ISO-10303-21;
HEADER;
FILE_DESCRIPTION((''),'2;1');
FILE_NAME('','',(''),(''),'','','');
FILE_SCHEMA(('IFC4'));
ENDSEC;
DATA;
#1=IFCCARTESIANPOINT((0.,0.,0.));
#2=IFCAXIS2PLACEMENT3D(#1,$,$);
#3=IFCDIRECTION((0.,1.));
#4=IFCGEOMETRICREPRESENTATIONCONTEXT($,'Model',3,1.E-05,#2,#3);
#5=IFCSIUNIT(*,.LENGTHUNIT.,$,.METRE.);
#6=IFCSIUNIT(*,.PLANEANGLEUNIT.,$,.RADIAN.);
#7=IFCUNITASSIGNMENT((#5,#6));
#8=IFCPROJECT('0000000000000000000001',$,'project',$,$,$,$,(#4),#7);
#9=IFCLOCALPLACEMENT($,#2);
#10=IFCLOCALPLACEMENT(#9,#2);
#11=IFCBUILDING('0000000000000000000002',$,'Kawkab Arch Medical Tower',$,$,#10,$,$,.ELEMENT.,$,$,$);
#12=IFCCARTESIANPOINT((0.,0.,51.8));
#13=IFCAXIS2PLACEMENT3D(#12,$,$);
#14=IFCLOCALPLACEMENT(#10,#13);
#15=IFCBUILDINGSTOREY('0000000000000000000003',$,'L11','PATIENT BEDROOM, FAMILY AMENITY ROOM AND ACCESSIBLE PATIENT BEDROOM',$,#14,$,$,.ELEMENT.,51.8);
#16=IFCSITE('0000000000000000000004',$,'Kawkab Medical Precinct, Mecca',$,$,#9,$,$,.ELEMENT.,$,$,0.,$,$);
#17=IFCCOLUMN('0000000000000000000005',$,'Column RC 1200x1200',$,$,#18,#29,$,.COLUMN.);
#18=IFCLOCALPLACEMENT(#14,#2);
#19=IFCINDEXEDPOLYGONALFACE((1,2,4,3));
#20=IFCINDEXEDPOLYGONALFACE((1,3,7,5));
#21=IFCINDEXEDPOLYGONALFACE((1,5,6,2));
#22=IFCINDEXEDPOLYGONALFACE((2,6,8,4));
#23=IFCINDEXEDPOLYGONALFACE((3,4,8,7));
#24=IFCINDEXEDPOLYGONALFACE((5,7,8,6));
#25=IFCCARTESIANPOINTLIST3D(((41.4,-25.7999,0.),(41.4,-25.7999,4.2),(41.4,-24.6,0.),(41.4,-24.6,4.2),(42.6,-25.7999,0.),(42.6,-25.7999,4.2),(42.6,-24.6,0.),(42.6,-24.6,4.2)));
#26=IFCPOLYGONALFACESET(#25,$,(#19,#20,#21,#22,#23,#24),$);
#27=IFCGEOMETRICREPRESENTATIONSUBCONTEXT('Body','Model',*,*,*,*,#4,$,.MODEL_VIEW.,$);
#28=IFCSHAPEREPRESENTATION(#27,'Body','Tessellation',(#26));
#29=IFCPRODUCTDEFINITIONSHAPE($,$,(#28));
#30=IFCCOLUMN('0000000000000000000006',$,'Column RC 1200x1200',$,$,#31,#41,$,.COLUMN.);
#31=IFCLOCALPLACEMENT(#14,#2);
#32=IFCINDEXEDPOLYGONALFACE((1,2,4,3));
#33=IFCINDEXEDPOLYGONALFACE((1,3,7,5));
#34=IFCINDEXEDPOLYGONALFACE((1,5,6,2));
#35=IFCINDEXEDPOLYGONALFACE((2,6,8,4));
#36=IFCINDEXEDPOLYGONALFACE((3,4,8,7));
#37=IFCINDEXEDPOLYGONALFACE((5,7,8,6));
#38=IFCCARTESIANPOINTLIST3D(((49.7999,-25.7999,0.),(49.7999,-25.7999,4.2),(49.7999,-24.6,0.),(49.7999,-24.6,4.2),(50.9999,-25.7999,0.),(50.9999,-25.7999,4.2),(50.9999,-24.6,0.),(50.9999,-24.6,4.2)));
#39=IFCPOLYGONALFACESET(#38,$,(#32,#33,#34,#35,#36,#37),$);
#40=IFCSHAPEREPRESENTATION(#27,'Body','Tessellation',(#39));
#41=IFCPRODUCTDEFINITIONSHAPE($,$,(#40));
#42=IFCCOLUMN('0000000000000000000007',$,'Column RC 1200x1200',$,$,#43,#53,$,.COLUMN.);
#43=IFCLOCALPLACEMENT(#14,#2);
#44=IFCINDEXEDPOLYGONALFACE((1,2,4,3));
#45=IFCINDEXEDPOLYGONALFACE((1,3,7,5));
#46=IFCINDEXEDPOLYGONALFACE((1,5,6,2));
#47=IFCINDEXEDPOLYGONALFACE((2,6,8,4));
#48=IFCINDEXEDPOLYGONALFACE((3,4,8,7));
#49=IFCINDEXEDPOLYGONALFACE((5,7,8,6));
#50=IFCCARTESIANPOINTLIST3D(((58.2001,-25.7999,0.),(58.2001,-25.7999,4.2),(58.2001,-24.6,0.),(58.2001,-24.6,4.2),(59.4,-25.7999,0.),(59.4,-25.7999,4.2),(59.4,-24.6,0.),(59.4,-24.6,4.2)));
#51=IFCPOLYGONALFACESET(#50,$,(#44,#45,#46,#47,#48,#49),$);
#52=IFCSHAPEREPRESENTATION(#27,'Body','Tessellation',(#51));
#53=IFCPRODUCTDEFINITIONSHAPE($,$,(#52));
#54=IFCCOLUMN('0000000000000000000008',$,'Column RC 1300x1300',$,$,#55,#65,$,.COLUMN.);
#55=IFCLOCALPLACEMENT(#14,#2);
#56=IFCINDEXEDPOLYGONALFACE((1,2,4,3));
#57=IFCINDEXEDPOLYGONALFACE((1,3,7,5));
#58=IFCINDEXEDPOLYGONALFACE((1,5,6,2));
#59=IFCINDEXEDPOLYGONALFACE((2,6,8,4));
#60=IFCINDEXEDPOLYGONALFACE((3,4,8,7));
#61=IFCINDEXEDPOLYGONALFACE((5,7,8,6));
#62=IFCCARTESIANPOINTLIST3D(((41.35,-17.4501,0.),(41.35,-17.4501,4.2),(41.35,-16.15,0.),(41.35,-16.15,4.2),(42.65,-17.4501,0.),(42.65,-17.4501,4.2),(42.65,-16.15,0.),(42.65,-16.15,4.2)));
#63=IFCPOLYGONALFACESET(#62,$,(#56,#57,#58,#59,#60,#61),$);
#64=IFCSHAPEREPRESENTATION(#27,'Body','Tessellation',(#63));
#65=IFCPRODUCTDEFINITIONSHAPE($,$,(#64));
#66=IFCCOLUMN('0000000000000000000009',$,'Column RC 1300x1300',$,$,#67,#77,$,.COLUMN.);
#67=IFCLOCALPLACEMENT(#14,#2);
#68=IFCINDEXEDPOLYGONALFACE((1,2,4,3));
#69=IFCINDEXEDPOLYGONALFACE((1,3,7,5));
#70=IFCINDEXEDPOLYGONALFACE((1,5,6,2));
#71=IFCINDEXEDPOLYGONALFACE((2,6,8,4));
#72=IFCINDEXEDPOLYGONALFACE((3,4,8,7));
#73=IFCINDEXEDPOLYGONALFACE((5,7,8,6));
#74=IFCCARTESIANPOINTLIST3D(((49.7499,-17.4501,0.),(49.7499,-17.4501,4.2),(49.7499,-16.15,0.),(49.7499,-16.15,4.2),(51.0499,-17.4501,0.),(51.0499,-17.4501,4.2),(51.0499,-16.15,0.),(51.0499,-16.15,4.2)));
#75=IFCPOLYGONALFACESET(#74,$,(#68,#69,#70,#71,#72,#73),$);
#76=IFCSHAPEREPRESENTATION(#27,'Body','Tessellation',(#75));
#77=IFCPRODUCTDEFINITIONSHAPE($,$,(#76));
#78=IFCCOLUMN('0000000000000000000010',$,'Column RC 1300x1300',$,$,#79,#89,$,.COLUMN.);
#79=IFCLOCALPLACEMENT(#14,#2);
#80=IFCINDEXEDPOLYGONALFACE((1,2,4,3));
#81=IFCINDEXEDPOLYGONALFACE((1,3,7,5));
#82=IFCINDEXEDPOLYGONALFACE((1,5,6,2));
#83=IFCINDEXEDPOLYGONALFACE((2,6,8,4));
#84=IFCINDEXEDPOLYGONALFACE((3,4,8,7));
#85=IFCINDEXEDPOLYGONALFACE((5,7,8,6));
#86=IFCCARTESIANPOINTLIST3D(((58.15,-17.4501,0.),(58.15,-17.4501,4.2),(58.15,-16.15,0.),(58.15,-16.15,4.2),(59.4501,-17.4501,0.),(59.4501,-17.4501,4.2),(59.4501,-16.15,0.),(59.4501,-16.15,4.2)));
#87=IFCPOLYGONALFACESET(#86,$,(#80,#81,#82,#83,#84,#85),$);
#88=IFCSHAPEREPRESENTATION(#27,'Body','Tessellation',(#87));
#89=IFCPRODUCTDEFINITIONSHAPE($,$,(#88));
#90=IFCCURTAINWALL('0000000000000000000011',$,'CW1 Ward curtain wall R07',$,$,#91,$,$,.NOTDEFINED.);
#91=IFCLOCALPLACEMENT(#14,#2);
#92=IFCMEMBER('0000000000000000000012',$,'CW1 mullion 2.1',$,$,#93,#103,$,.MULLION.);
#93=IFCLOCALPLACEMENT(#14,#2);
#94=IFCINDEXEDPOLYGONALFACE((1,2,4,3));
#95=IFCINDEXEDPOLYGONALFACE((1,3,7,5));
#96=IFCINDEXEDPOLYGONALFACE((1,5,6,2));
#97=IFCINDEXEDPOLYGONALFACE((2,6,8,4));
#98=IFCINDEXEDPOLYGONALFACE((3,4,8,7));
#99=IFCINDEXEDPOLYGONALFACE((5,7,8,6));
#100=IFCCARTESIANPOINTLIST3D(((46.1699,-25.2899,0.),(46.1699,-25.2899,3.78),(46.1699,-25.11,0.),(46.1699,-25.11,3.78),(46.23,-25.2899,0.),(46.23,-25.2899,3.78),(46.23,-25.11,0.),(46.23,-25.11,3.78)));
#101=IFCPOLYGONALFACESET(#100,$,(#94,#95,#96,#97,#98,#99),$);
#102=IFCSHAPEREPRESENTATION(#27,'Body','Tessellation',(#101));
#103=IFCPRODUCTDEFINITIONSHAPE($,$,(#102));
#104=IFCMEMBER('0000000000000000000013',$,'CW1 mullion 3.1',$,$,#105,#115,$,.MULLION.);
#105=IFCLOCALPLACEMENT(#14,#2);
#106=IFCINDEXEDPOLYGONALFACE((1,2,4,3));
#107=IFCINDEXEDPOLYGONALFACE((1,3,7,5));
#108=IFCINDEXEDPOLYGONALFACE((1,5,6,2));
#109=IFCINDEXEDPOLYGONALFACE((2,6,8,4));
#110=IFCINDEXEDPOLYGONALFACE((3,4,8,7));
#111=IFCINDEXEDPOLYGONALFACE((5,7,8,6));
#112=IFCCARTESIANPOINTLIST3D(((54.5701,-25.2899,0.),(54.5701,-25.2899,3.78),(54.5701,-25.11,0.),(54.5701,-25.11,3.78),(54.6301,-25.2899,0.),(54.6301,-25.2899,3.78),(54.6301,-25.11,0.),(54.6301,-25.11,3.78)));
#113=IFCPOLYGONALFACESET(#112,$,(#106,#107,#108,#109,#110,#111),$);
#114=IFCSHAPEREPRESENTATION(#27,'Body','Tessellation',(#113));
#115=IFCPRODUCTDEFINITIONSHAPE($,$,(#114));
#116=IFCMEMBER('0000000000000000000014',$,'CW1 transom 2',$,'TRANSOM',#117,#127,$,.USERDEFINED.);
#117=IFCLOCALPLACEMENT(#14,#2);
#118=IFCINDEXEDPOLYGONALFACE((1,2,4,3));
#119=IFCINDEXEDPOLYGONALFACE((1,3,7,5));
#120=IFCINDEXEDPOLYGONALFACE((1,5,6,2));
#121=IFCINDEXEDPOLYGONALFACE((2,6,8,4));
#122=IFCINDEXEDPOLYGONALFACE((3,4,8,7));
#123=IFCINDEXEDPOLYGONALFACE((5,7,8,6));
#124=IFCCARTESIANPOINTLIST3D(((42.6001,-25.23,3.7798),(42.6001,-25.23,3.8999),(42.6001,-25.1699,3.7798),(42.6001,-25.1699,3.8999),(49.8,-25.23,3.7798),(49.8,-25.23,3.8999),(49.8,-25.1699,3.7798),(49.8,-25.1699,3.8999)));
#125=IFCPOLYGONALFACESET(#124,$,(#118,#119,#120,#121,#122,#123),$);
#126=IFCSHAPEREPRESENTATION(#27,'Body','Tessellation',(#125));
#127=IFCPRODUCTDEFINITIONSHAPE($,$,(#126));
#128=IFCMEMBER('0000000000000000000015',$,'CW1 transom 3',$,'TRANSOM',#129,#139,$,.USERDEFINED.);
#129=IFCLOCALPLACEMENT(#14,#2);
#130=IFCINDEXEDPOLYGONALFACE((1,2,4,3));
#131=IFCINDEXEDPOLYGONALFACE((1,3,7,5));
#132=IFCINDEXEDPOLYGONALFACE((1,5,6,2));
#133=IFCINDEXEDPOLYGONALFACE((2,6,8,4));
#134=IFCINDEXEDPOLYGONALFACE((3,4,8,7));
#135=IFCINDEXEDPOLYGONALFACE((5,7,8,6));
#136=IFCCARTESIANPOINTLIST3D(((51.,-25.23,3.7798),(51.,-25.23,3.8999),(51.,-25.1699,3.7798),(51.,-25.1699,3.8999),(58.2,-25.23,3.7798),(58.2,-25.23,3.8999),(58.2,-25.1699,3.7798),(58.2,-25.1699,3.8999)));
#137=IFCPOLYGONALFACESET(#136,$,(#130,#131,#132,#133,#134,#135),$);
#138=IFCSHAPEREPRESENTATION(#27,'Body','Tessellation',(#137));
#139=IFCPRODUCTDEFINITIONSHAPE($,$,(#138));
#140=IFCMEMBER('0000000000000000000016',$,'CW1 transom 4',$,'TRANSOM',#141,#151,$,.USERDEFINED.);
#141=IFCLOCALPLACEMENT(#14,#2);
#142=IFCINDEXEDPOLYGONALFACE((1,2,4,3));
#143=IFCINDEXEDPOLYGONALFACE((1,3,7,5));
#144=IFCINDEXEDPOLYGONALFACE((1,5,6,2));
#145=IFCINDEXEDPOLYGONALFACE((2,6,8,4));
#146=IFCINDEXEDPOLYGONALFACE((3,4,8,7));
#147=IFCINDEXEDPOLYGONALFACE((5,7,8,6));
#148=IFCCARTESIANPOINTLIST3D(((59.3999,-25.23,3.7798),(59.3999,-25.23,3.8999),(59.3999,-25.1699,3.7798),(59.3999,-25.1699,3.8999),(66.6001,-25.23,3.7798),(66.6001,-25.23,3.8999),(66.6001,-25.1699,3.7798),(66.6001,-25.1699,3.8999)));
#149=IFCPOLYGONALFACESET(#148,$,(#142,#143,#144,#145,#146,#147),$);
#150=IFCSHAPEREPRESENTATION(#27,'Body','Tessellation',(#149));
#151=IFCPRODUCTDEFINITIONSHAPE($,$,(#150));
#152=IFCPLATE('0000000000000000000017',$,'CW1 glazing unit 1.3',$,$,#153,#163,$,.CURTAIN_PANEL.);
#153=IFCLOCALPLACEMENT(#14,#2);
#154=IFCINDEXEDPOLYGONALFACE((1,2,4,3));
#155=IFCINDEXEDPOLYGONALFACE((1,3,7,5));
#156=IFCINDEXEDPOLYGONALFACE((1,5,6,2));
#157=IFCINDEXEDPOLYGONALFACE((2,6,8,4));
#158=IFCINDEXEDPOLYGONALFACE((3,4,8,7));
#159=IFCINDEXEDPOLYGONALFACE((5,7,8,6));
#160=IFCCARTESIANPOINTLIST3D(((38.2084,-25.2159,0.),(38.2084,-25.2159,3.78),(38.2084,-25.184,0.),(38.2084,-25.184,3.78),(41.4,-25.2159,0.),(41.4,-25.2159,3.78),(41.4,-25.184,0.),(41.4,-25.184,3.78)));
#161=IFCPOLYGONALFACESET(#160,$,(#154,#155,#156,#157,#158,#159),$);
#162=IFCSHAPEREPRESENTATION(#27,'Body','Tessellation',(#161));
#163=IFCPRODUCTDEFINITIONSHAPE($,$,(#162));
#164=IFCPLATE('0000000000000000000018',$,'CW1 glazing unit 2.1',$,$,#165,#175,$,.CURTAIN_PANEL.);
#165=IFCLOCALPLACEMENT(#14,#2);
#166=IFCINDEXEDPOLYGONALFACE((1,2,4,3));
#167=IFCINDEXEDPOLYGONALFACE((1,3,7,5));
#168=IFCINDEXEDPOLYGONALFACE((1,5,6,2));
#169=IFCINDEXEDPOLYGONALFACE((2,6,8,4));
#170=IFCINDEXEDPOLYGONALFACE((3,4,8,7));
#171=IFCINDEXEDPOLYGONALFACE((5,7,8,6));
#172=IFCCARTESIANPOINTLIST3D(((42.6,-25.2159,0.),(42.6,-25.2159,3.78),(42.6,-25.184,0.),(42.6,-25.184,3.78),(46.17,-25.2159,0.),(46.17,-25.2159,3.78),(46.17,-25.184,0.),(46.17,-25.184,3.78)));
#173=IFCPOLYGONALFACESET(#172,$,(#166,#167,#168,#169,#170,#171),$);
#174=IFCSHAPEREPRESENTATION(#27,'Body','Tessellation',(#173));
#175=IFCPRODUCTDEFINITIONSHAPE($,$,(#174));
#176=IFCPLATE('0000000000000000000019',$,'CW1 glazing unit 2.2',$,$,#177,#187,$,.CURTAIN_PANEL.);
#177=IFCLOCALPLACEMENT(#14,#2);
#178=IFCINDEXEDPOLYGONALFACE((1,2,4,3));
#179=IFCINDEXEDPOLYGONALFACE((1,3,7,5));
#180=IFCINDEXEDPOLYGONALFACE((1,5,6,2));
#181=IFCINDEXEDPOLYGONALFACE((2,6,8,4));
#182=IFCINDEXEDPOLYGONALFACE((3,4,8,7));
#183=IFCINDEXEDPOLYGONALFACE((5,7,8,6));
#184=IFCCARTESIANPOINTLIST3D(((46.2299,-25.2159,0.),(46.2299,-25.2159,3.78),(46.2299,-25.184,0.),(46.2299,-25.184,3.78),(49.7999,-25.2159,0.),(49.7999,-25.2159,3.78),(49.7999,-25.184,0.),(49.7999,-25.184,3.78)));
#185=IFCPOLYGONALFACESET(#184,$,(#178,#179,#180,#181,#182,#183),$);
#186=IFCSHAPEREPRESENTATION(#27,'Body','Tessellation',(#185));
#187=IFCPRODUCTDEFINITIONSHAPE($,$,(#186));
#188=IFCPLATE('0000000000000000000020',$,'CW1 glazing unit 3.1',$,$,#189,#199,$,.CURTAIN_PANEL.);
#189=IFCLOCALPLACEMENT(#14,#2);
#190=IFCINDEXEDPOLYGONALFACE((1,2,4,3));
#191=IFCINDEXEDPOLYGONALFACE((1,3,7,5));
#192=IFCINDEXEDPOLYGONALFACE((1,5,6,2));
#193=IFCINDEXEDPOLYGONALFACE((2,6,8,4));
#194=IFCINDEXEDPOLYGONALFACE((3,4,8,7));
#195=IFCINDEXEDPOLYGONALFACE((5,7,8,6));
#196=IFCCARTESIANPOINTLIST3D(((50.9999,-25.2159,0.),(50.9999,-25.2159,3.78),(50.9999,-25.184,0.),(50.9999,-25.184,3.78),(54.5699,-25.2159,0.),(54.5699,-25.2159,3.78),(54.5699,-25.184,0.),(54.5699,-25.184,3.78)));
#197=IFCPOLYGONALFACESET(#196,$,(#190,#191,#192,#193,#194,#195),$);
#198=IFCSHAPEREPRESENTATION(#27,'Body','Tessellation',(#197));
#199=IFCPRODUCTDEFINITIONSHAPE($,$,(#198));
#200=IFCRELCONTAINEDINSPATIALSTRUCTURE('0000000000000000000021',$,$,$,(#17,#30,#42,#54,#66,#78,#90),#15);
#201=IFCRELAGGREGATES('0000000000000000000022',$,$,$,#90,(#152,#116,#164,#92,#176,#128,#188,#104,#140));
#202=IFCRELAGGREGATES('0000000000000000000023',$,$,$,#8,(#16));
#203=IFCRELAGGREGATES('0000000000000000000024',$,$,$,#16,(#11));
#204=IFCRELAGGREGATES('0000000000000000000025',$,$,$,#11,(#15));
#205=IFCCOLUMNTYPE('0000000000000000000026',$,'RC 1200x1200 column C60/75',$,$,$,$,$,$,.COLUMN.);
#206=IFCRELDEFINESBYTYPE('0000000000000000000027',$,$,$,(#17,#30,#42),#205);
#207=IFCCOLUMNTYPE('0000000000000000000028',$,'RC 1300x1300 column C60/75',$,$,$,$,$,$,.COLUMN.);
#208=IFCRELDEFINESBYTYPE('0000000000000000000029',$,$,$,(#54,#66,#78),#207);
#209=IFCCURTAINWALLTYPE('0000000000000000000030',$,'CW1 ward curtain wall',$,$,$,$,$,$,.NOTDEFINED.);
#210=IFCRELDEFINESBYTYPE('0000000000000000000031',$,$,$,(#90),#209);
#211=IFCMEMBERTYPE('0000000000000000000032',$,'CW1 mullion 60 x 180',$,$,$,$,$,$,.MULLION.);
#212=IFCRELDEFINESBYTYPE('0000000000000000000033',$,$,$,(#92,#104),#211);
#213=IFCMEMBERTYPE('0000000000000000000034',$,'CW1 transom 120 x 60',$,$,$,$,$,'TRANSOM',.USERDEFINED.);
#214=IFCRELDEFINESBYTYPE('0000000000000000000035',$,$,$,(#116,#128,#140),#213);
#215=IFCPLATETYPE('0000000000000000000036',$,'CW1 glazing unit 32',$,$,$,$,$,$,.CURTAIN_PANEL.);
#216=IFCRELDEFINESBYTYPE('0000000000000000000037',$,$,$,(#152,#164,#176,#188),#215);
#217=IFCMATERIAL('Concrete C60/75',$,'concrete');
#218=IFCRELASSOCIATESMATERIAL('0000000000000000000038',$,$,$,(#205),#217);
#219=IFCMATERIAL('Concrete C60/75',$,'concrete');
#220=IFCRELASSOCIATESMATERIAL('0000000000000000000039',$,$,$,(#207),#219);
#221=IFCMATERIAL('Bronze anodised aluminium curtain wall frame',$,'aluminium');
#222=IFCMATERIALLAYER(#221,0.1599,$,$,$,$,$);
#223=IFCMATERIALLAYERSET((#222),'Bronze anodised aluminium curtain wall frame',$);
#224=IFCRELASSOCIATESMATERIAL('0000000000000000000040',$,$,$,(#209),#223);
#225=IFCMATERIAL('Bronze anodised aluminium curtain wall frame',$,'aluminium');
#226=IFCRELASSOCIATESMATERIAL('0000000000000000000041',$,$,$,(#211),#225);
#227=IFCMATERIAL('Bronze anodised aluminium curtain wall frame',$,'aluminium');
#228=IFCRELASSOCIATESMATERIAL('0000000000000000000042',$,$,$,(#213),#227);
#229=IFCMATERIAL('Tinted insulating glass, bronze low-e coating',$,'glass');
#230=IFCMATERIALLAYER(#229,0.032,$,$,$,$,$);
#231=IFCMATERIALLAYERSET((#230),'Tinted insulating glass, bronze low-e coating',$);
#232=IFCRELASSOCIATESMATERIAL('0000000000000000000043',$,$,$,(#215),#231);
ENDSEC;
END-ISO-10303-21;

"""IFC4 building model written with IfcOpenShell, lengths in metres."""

from ifc_helpers import new_model, si_unit, direction, frame, origin, origin_2d, place, context, subcontext, project, spatial, rectangle, extrude, material, layer, layer_set, material_profile, profile_set, type_object, element, aggregate, save


model = new_model("IFC4")

# Units and contexts
model_context = context("Model", 3, precision=1e-05, world=origin(), true_north=direction((0.0, 1.0)))
body_context = subcontext(model_context, "Body", "Model", "MODEL_VIEW")
ifc_project = project(units=[si_unit("LENGTHUNIT", "METRE"), si_unit("PLANEANGLEUNIT", "RADIAN")], contexts=[model_context])

# Site, building, storey
site_placement = place(None, origin())
site = spatial("IfcSite", under=ifc_project, at=site_placement, Name="Kawkab Medical Precinct, Mecca", CompositionType="ELEMENT", RefElevation=0.0)
building_placement = place(site_placement, origin())
building = spatial("IfcBuilding", under=site, at=building_placement, Name="Kawkab Arch Medical Tower", CompositionType="ELEMENT")
storey_placement = place(building_placement, frame((0.0, 0.0, 51.8)))
storey = spatial("IfcBuildingStorey", under=building, at=storey_placement, Name="L11", Description="PATIENT BEDROOM, FAMILY AMENITY ROOM AND ACCESSIBLE PATIENT BEDROOM", CompositionType="ELEMENT", Elevation=51.8)

# Columns
ifc_material_1 = material(Name="Concrete C60/75", Category="concrete")
ifc_material_profile_1 = material_profile(ifc_material_1, rectangle(XDim=1.2, YDim=1.2, at=origin_2d()), Name="RC 1200x1200")
ifc_profile_set_1 = profile_set([ifc_material_profile_1], Name="Concrete C60/75")
column_type_1 = type_object("IfcColumnType", Name="RC 1200x1200 column C60/75", PredefinedType="COLUMN", material=ifc_profile_set_1)
for number, where, z_axis, x_axis, name in (
    (1, (42.0, -25.2, 0.0), (0.0, 0.0, 1.0), (1.0, 0.0, 0.0), "Column RC 1200x1200"),
    (2, (50.3999, -25.2, 0.0), (0.0, 0.0, 1.0), (1.0, 0.0, 0.0), "Column RC 1200x1200"),
    (3, (58.8, -25.2, 0.0), (0.0, 0.0, 1.0), (1.0, 0.0, 0.0), "Column RC 1200x1200"),
):
    element("IfcColumn", number, at=place(storey_placement, frame(where, z_axis=z_axis, x_axis=x_axis)), inside=storey, type_object=column_type_1, Name=name, PredefinedType="COLUMN", context=body_context, shape_type="SweptSolid", body=[
        extrude(rectangle(XDim=1.2, YDim=1.2, at=origin_2d()), origin(), (0.0, 0.0, 1.0), 4.2),
    ])
ifc_material_2 = material(Name="Concrete C60/75", Category="concrete")
ifc_material_profile_2 = material_profile(ifc_material_2, rectangle(XDim=1.3, YDim=1.3, at=origin_2d()), Name="RC 1300x1300")
ifc_profile_set_2 = profile_set([ifc_material_profile_2], Name="Concrete C60/75")
column_type_2 = type_object("IfcColumnType", Name="RC 1300x1300 column C60/75", PredefinedType="COLUMN", material=ifc_profile_set_2)
for number, where, z_axis, x_axis, name in (
    (4, (42.0, -16.8, 0.0), (0.0, 0.0, 1.0), (1.0, 0.0, 0.0), "Column RC 1300x1300"),
    (5, (50.3999, -16.8, 0.0), (0.0, 0.0, 1.0), (1.0, 0.0, 0.0), "Column RC 1300x1300"),
    (6, (58.8, -16.8, 0.0), (0.0, 0.0, 1.0), (1.0, 0.0, 0.0), "Column RC 1300x1300"),
):
    element("IfcColumn", number, at=place(storey_placement, frame(where, z_axis=z_axis, x_axis=x_axis)), inside=storey, type_object=column_type_2, Name=name, PredefinedType="COLUMN", context=body_context, shape_type="SweptSolid", body=[
        extrude(rectangle(XDim=1.3, YDim=1.3, at=origin_2d()), origin(), (0.0, 0.0, 1.0), 4.2),
    ])

# Curtain wall, members, plates
ifc_material_3 = material(Name="Bronze anodised aluminium curtain wall frame", Category="aluminium")
ifc_layer_1 = layer(ifc_material_3, 0.1599)
ifc_layer_set_1 = layer_set([ifc_layer_1], Name="Bronze anodised aluminium curtain wall frame")
curtain_wall_type = type_object("IfcCurtainWallType", Name="CW1 ward curtain wall", PredefinedType="NOTDEFINED", material=ifc_layer_set_1)
curtain_wall_placement = place(storey_placement, origin())
curtain_wall = element("IfcCurtainWall", 7, at=curtain_wall_placement, inside=storey, type_object=curtain_wall_type, Name="CW1 Ward curtain wall R07", PredefinedType="NOTDEFINED")
ifc_material_4 = material(Name="Bronze anodised aluminium curtain wall frame", Category="aluminium")
ifc_material_profile_3 = material_profile(ifc_material_4, rectangle(XDim=0.1799, YDim=0.0601, at=origin_2d()), Name="AL 60x180")
ifc_profile_set_3 = profile_set([ifc_material_profile_3], Name="Bronze anodised aluminium curtain wall frame")
member_type_1 = type_object("IfcMemberType", Name="CW1 mullion 60 x 180", PredefinedType="MULLION", material=ifc_profile_set_3)
member_1_placement = place(storey_placement, frame((46.2, -25.2, 0.0), z_axis=(0.0, 0.0, 1.0), x_axis=(0.0, 1.0, 0.0)))
member_1 = element("IfcMember", 8, at=member_1_placement, type_object=member_type_1, Name="CW1 mullion 2.1", PredefinedType="MULLION", context=body_context, shape_type="SweptSolid", body=[
    extrude(rectangle(XDim=0.1799, YDim=0.0601, at=origin_2d()), origin(), (0.0, 0.0, 1.0), 3.78),
])
member_2_placement = place(storey_placement, frame((54.6001, -25.2, 0.0), z_axis=(0.0, 0.0, 1.0), x_axis=(0.0, 1.0, 0.0)))
member_2 = element("IfcMember", 9, at=member_2_placement, type_object=member_type_1, Name="CW1 mullion 3.1", PredefinedType="MULLION", context=body_context, shape_type="SweptSolid", body=[
    extrude(rectangle(XDim=0.1799, YDim=0.0601, at=origin_2d()), origin(), (0.0, 0.0, 1.0), 3.78),
])
ifc_material_5 = material(Name="Bronze anodised aluminium curtain wall frame", Category="aluminium")
ifc_material_profile_4 = material_profile(ifc_material_5, rectangle(XDim=0.0601, YDim=0.1201, at=origin_2d()), Name="AL 60x120")
ifc_profile_set_4 = profile_set([ifc_material_profile_4], Name="Bronze anodised aluminium curtain wall frame")
member_type_2 = type_object("IfcMemberType", Name="CW1 transom 120 x 60", ElementType="TRANSOM", PredefinedType="USERDEFINED", material=ifc_profile_set_4)
member_3_placement = place(storey_placement, frame((42.6001, -25.2, 3.8398), z_axis=(1.0, 0.0, 0.0), x_axis=(0.0, 1.0, 0.0)))
member_3 = element("IfcMember", 10, at=member_3_placement, type_object=member_type_2, Name="CW1 transom 2", ObjectType="TRANSOM", PredefinedType="USERDEFINED", context=body_context, shape_type="SweptSolid", body=[
    extrude(rectangle(XDim=0.0601, YDim=0.1201, at=origin_2d()), origin(), (0.0, 0.0, 1.0), 7.2),
])
member_4_placement = place(storey_placement, frame((51.0, -25.2, 3.8398), z_axis=(1.0, 0.0, 0.0), x_axis=(0.0, 1.0, 0.0)))
member_4 = element("IfcMember", 11, at=member_4_placement, type_object=member_type_2, Name="CW1 transom 3", ObjectType="TRANSOM", PredefinedType="USERDEFINED", context=body_context, shape_type="SweptSolid", body=[
    extrude(rectangle(XDim=0.0601, YDim=0.1201, at=origin_2d()), origin(), (0.0, 0.0, 1.0), 7.2),
])
member_5_placement = place(storey_placement, frame((59.3999, -25.2, 3.8398), z_axis=(1.0, 0.0, 0.0), x_axis=(0.0, 1.0, 0.0)))
member_5 = element("IfcMember", 12, at=member_5_placement, type_object=member_type_2, Name="CW1 transom 4", ObjectType="TRANSOM", PredefinedType="USERDEFINED", context=body_context, shape_type="SweptSolid", body=[
    extrude(rectangle(XDim=0.0601, YDim=0.1201, at=origin_2d()), origin(), (0.0, 0.0, 1.0), 7.2002),
])
ifc_material_6 = material(Name="Tinted insulating glass, bronze low-e coating", Category="glass")
ifc_layer_2 = layer(ifc_material_6, 0.032)
ifc_layer_set_2 = layer_set([ifc_layer_2], Name="Tinted insulating glass, bronze low-e coating")
plate_type = type_object("IfcPlateType", Name="CW1 glazing unit 32", PredefinedType="CURTAIN_PANEL", material=ifc_layer_set_2)
plate_1_placement = place(storey_placement, frame((39.8042, -25.2, 0.0), z_axis=(0.0, 0.0, 1.0), x_axis=(1.0, 0.0, 0.0)))
plate_1 = element("IfcPlate", 13, at=plate_1_placement, type_object=plate_type, Name="CW1 glazing unit 1.3", PredefinedType="CURTAIN_PANEL", context=body_context, shape_type="SweptSolid", body=[
    extrude(rectangle(XDim=3.1917, YDim=0.032, at=origin_2d()), origin(), (0.0, 0.0, 1.0), 3.78),
])
plate_2_placement = place(storey_placement, frame((44.385, -25.2, 0.0), z_axis=(0.0, 0.0, 1.0), x_axis=(1.0, 0.0, 0.0)))
plate_2 = element("IfcPlate", 14, at=plate_2_placement, type_object=plate_type, Name="CW1 glazing unit 2.1", PredefinedType="CURTAIN_PANEL", context=body_context, shape_type="SweptSolid", body=[
    extrude(rectangle(XDim=3.5701, YDim=0.032, at=origin_2d()), origin(), (0.0, 0.0, 1.0), 3.78),
])
plate_3_placement = place(storey_placement, frame((48.0149, -25.2, 0.0), z_axis=(0.0, 0.0, 1.0), x_axis=(1.0, 0.0, 0.0)))
plate_3 = element("IfcPlate", 15, at=plate_3_placement, type_object=plate_type, Name="CW1 glazing unit 2.2", PredefinedType="CURTAIN_PANEL", context=body_context, shape_type="SweptSolid", body=[
    extrude(rectangle(XDim=3.5701, YDim=0.032, at=origin_2d()), origin(), (0.0, 0.0, 1.0), 3.78),
])
plate_4_placement = place(storey_placement, frame((52.7849, -25.2, 0.0), z_axis=(0.0, 0.0, 1.0), x_axis=(1.0, 0.0, 0.0)))
plate_4 = element("IfcPlate", 16, at=plate_4_placement, type_object=plate_type, Name="CW1 glazing unit 3.1", PredefinedType="CURTAIN_PANEL", context=body_context, shape_type="SweptSolid", body=[
    extrude(rectangle(XDim=3.5701, YDim=0.032, at=origin_2d()), origin(), (0.0, 0.0, 1.0), 3.78),
])
aggregate(curtain_wall, [plate_1, member_3, plate_2, member_1, plate_3, member_4, plate_4, member_2, member_5])

save(model, "model.ifc")
